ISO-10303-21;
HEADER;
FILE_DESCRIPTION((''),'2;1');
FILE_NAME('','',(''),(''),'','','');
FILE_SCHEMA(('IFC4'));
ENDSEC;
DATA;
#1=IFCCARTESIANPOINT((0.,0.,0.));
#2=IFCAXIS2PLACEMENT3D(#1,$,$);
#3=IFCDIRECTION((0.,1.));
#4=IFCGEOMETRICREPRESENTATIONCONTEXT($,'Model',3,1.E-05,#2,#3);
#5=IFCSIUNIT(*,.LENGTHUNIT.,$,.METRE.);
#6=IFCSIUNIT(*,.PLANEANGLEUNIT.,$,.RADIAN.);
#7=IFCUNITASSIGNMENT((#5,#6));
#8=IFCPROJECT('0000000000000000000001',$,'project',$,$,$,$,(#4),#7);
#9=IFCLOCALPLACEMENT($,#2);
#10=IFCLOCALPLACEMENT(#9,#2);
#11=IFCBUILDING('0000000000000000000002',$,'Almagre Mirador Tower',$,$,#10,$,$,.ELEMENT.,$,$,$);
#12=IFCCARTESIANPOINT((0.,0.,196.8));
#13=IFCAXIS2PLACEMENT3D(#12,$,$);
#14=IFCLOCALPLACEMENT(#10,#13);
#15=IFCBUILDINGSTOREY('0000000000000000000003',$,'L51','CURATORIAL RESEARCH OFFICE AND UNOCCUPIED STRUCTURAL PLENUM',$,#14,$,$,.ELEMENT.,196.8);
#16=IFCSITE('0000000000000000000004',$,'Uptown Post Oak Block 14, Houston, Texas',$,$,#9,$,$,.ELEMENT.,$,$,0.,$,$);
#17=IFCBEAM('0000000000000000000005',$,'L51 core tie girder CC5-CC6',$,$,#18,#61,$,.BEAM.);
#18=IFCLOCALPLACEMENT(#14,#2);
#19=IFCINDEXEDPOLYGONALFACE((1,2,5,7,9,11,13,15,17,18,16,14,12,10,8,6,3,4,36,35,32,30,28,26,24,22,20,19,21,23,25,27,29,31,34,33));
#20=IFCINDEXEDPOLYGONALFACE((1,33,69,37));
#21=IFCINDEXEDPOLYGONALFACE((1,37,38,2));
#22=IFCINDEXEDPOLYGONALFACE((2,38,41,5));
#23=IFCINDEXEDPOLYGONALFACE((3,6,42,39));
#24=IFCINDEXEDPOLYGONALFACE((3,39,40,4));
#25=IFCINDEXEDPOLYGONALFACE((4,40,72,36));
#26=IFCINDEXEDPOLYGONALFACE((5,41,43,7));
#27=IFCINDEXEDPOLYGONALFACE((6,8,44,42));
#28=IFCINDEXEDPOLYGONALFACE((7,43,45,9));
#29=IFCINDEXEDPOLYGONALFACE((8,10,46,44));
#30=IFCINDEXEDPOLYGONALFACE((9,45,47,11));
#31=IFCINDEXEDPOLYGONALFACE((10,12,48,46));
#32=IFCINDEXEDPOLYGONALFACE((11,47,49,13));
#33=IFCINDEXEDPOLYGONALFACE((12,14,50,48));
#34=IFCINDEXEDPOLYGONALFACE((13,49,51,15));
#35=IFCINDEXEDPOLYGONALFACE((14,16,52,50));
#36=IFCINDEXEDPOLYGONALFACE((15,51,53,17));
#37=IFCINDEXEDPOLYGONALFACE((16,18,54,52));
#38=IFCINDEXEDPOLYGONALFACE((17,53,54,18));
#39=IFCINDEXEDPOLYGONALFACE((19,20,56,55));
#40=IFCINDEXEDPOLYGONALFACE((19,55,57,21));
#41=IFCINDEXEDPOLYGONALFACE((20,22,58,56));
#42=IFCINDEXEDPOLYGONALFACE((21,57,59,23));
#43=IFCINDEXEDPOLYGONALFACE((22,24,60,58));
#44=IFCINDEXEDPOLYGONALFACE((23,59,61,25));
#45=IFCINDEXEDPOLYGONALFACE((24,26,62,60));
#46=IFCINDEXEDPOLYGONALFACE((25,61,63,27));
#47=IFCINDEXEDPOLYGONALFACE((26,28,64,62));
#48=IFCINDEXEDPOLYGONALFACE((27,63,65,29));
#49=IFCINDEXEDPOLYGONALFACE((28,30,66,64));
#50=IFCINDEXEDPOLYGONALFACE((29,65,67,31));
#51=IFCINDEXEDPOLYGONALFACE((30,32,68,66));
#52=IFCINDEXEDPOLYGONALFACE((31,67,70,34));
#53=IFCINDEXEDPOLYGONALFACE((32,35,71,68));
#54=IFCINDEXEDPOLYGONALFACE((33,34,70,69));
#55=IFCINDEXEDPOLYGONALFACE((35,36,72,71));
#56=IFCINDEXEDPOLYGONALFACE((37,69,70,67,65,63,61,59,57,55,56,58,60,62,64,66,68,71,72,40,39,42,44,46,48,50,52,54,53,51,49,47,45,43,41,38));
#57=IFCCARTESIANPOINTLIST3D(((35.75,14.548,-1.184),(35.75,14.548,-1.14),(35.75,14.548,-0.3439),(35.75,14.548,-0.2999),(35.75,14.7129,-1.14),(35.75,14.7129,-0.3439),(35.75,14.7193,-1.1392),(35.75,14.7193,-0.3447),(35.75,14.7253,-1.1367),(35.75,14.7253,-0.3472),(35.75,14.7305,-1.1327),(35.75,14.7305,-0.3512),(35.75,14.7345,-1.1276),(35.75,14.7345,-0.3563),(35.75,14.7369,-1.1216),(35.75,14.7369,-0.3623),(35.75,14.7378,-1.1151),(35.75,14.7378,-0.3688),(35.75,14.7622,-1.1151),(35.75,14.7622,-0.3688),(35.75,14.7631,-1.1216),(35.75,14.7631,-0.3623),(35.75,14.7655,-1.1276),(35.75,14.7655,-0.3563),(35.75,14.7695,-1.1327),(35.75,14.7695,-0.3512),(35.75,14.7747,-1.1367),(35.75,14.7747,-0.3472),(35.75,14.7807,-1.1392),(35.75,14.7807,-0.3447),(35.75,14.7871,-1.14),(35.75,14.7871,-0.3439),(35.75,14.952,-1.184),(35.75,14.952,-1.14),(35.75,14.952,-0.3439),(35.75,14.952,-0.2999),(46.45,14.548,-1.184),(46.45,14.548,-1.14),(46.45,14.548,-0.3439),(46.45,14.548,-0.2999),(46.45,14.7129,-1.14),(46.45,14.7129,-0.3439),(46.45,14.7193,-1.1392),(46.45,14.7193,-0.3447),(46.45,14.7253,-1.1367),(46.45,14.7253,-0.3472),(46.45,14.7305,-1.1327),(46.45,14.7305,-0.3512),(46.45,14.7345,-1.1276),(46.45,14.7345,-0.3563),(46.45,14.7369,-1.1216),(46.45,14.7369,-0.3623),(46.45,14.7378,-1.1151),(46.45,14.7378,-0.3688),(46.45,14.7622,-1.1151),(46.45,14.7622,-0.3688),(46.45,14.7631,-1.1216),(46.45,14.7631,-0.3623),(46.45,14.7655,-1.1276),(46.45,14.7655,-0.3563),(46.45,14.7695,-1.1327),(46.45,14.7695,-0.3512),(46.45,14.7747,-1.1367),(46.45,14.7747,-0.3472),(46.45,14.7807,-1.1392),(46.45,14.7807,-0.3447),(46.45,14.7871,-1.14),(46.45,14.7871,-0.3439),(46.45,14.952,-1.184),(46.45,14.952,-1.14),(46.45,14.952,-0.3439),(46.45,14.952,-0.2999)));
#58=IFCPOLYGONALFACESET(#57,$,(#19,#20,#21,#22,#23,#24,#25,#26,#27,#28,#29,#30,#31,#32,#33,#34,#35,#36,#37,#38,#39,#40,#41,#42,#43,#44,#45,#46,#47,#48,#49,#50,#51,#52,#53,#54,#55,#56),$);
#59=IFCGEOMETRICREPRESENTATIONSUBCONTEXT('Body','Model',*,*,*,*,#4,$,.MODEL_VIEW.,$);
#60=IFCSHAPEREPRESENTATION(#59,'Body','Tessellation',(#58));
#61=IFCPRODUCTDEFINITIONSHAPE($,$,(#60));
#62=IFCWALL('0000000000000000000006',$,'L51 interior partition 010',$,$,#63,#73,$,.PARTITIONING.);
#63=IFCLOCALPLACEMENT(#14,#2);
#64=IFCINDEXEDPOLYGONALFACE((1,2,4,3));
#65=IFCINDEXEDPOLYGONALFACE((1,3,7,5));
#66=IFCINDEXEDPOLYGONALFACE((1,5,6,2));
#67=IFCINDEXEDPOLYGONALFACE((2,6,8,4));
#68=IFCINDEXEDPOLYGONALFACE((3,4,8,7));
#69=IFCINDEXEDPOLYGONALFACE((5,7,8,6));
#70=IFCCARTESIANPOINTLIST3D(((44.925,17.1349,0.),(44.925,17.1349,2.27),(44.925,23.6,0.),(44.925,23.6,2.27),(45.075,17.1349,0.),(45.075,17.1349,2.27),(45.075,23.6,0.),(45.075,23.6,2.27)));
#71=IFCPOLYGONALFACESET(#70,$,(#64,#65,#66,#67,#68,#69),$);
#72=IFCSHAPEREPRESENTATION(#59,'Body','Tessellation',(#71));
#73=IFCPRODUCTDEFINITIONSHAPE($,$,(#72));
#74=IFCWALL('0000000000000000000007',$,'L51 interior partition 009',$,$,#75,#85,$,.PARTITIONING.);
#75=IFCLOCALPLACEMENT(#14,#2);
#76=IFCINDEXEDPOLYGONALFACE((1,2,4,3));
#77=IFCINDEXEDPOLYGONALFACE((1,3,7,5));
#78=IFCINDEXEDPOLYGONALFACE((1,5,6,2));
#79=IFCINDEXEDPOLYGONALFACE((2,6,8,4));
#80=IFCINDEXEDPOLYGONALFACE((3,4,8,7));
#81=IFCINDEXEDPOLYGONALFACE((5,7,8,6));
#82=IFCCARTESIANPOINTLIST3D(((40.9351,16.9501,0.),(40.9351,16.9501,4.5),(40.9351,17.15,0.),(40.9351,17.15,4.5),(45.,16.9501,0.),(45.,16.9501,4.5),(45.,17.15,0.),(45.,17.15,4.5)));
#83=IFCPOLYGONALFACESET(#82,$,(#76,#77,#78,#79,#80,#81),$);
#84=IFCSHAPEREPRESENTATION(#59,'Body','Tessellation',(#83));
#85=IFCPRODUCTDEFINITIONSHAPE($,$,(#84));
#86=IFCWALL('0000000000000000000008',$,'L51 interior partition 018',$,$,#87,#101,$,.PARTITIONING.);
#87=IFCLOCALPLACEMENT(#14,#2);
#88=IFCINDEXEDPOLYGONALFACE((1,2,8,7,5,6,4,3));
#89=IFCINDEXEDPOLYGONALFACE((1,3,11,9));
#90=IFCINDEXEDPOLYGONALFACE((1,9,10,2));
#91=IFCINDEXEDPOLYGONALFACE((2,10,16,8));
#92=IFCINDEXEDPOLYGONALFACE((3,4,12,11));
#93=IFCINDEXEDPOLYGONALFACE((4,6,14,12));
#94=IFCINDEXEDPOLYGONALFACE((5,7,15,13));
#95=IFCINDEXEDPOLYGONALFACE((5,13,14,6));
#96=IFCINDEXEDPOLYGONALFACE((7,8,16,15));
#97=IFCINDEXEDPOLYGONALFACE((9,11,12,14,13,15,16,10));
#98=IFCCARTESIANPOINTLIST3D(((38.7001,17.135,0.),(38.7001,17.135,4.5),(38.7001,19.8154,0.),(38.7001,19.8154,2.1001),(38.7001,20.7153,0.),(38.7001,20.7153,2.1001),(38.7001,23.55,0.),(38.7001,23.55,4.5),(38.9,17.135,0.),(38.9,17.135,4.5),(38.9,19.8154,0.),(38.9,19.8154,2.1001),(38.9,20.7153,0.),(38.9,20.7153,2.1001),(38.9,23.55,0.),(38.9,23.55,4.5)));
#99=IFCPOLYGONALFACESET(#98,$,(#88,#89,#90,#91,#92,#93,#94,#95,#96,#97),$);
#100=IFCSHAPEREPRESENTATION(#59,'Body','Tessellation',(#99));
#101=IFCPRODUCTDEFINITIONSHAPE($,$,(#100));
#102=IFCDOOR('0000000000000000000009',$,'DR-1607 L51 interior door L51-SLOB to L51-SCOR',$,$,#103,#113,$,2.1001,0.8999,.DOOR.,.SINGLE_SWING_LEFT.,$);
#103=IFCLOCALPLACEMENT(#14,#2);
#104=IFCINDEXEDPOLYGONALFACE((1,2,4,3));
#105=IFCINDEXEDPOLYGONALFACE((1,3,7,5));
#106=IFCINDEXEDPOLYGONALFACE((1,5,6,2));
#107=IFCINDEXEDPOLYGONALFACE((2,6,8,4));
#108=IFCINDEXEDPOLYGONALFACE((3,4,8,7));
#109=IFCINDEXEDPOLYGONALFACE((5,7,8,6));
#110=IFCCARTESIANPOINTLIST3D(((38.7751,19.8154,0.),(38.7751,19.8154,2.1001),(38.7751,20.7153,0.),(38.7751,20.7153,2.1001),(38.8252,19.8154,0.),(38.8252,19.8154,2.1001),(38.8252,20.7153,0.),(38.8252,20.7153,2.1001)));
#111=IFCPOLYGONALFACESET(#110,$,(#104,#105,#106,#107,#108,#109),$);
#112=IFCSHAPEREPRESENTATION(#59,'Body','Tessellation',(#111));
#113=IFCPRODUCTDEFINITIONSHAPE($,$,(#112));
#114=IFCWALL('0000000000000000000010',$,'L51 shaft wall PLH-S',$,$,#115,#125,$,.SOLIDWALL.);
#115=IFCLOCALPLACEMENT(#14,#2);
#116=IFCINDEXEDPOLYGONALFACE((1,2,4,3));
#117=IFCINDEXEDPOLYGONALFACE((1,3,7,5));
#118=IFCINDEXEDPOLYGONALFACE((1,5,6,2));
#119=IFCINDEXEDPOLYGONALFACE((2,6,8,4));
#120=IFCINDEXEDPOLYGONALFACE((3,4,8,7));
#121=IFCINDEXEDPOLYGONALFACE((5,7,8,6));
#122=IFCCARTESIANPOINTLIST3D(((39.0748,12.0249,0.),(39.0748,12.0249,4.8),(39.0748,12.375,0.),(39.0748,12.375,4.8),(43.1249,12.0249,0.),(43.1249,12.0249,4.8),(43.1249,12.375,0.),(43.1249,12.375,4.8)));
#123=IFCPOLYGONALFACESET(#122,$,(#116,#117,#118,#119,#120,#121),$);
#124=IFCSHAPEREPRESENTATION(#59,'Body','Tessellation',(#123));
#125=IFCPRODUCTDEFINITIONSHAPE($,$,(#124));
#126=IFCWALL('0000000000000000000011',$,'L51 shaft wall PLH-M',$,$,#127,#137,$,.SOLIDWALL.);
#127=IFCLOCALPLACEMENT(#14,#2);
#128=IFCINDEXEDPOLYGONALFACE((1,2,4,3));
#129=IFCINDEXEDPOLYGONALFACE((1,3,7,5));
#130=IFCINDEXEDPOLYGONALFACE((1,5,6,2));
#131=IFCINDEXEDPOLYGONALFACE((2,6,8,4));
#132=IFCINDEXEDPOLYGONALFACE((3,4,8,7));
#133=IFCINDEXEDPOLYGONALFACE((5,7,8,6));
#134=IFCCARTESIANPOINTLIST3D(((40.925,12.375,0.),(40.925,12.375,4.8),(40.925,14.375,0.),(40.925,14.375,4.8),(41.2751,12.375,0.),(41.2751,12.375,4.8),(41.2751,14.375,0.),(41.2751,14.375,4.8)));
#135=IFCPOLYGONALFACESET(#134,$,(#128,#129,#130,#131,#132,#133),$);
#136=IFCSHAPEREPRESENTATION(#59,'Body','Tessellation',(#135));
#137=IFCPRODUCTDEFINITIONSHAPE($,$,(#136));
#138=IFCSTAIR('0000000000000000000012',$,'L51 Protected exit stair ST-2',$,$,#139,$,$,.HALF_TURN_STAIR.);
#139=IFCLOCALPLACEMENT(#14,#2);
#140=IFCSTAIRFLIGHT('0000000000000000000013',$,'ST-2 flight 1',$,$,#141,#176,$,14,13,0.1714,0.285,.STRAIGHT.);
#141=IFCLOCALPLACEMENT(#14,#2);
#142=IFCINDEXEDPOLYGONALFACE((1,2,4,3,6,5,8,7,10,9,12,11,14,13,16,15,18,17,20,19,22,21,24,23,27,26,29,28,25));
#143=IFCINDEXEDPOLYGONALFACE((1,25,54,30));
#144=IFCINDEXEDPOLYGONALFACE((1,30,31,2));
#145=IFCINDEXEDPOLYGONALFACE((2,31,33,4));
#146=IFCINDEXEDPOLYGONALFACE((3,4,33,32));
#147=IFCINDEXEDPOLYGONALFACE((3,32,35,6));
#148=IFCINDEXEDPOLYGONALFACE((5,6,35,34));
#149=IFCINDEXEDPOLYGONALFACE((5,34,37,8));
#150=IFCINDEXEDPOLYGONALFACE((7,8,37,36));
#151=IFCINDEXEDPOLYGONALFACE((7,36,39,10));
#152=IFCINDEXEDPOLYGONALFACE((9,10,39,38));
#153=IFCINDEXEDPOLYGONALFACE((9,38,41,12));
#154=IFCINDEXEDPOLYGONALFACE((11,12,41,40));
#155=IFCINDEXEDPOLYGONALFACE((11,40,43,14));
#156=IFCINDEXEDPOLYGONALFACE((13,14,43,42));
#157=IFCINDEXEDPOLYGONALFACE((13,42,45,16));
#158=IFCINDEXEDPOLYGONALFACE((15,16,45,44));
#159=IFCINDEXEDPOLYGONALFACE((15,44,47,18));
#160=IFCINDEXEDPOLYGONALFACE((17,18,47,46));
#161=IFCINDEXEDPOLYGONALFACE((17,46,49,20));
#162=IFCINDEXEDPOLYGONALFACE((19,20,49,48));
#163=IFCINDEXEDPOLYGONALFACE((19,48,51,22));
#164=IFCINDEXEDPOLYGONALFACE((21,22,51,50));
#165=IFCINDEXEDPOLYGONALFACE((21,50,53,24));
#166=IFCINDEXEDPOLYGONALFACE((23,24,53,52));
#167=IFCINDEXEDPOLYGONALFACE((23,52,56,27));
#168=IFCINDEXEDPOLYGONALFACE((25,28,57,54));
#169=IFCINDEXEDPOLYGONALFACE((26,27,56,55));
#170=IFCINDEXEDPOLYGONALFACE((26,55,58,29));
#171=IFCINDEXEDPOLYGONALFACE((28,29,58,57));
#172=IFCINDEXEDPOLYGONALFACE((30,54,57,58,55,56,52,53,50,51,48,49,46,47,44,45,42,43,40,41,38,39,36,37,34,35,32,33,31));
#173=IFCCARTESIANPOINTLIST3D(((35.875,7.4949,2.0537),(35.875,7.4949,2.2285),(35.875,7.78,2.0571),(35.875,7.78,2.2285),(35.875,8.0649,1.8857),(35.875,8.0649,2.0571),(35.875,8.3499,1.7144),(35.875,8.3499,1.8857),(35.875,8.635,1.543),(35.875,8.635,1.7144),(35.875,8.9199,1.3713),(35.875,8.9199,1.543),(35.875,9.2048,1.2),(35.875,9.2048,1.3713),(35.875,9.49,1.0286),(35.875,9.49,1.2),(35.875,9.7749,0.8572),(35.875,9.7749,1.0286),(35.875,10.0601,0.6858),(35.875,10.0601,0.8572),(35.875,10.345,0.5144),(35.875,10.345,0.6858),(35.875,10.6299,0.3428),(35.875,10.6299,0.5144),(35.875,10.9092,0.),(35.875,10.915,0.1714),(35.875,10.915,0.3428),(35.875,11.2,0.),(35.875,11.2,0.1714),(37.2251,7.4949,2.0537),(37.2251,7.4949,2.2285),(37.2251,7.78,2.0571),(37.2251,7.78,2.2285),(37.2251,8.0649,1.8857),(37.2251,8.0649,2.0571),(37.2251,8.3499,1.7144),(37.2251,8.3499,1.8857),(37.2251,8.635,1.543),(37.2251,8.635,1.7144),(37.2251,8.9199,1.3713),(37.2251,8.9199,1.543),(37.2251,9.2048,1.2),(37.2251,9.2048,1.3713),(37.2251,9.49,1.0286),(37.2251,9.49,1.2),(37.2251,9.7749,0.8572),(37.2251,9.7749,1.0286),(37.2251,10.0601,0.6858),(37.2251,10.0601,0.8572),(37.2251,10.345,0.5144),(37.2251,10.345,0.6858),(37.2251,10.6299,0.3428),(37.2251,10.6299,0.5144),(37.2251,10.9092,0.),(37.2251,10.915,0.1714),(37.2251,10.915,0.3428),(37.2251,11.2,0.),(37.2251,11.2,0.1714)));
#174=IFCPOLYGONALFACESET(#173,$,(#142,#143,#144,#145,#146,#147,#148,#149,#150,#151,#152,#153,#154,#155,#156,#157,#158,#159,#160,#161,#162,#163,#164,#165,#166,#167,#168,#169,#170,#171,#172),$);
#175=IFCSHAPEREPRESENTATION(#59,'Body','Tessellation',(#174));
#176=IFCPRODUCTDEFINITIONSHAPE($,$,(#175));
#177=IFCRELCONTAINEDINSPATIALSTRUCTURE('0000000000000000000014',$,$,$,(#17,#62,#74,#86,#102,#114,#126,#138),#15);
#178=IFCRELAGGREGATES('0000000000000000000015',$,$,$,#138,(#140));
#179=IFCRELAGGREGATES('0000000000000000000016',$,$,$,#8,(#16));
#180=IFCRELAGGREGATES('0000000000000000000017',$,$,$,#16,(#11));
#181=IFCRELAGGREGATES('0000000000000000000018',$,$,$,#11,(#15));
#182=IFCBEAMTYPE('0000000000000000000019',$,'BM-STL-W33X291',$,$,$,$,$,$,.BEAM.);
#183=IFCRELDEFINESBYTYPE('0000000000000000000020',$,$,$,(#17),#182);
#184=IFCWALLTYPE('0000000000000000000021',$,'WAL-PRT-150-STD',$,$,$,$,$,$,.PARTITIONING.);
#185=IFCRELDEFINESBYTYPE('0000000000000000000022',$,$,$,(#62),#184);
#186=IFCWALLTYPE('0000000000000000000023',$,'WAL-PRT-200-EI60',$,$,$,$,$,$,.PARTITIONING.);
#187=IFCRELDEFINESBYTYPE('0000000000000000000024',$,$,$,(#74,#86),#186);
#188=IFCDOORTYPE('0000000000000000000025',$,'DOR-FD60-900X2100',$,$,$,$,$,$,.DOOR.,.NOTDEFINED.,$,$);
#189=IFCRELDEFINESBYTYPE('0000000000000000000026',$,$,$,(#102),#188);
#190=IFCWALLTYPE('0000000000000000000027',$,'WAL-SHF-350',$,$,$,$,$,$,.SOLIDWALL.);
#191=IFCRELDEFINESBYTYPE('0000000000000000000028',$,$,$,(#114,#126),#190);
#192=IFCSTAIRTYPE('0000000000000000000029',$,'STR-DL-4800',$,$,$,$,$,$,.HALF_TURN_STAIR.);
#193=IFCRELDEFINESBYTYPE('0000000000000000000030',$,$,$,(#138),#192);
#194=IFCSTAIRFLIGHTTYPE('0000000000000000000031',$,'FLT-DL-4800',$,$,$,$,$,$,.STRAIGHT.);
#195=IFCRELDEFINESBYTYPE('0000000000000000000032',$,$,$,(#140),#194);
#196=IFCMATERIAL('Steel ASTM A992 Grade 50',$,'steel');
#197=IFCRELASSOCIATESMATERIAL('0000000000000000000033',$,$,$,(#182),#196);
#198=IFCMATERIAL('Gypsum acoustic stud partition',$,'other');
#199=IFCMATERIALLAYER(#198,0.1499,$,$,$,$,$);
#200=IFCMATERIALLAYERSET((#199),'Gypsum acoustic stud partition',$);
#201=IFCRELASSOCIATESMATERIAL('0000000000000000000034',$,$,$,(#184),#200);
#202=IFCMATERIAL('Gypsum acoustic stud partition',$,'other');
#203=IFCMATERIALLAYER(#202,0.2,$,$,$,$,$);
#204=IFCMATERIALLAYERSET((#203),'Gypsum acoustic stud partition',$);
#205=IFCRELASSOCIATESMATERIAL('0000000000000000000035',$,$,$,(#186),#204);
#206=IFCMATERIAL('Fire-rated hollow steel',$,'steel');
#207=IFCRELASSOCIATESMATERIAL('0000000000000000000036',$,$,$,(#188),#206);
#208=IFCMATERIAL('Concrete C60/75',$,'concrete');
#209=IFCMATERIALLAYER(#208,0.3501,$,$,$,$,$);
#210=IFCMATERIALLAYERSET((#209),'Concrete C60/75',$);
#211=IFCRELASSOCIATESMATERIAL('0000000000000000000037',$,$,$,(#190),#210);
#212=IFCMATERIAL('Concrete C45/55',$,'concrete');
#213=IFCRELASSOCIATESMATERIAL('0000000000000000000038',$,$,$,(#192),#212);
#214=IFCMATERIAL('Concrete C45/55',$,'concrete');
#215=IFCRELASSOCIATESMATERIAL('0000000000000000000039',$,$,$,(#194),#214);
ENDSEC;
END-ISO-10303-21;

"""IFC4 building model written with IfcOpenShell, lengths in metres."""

from ifc_helpers import new_model, si_unit, direction, frame, frame_2d, origin, origin_2d, place, context, subcontext, project, spatial, polyline, rectangle, i_section, outline, extrude, material, layer, layer_set, material_profile, profile_set, type_object, element, fill, aggregate, save


model = new_model("IFC4")

# Units and contexts
model_context = context("Model", 3, precision=1e-05, world=origin(), true_north=direction((0.0, 1.0)))
body_context = subcontext(model_context, "Body", "Model", "MODEL_VIEW")
ifc_project = project(units=[si_unit("LENGTHUNIT", "METRE"), si_unit("PLANEANGLEUNIT", "RADIAN")], contexts=[model_context])

# Site, building, storey
site_placement = place(None, origin())
site = spatial("IfcSite", under=ifc_project, at=site_placement, Name="Uptown Post Oak Block 14, Houston, Texas", CompositionType="ELEMENT", RefElevation=0.0)
building_placement = place(site_placement, origin())
building = spatial("IfcBuilding", under=site, at=building_placement, Name="Almagre Mirador Tower", CompositionType="ELEMENT")
storey_placement = place(building_placement, frame((0.0, 0.0, 196.8)))
storey = spatial("IfcBuildingStorey", under=building, at=storey_placement, Name="L51", Description="CURATORIAL RESEARCH OFFICE AND UNOCCUPIED STRUCTURAL PLENUM", CompositionType="ELEMENT", Elevation=196.8)

# Beam
ifc_material_1 = material(Name="Steel ASTM A992 Grade 50", Category="steel")
ifc_material_profile = material_profile(ifc_material_1, i_section(OverallWidth=0.4041, OverallDepth=0.884, WebThickness=0.0244, FlangeThickness=0.0439, FilletRadius=0.0249, at=origin_2d()), Name="W33X291")
ifc_profile_set = profile_set([ifc_material_profile], Name="Steel ASTM A992 Grade 50")
beam_type = type_object("IfcBeamType", Name="BM-STL-W33X291", PredefinedType="BEAM", material=ifc_profile_set)
beam_placement = place(storey_placement, frame((35.75, 14.75, -0.7419), z_axis=(1.0, 0.0, 0.0), x_axis=(0.0, 1.0, 0.0)))
element("IfcBeam", 1, at=beam_placement, inside=storey, type_object=beam_type, Name="L51 core tie girder CC5-CC6", PredefinedType="BEAM", context=body_context, shape_type="SweptSolid", body=[
    extrude(i_section(OverallWidth=0.4041, OverallDepth=0.884, WebThickness=0.0244, FlangeThickness=0.0439, FilletRadius=0.0249, at=origin_2d()), origin(), (0.0, 0.0, 1.0), 10.7),
])

# Walls
ifc_material_2 = material(Name="Gypsum acoustic stud partition", Category="other")
ifc_layer_1 = layer(ifc_material_2, 0.1499)
ifc_layer_set_1 = layer_set([ifc_layer_1], Name="Gypsum acoustic stud partition")
wall_type_1 = type_object("IfcWallType", Name="WAL-PRT-150-STD", PredefinedType="PARTITIONING", material=ifc_layer_set_1)
wall_1_placement = place(storey_placement, frame((45.0, 17.135, 0.0), z_axis=(0.0, 0.0, 1.0), x_axis=(0.0, 1.0, 0.0)))
element("IfcWall", 2, at=wall_1_placement, inside=storey, type_object=wall_type_1, Name="L51 interior partition 010", PredefinedType="PARTITIONING", context=body_context, shape_type="SweptSolid", body=[
    extrude(rectangle(XDim=6.4651, YDim=0.1499, at=frame_2d((3.2324, 0.0))), origin(), (0.0, 0.0, 1.0), 2.27),
])
ifc_material_3 = material(Name="Gypsum acoustic stud partition", Category="other")
ifc_layer_2 = layer(ifc_material_3, 0.2)
ifc_layer_set_2 = layer_set([ifc_layer_2], Name="Gypsum acoustic stud partition")
wall_type_2 = type_object("IfcWallType", Name="WAL-PRT-200-EI60", PredefinedType="PARTITIONING", material=ifc_layer_set_2)
wall_2_placement = place(storey_placement, frame((40.9351, 17.05, 0.0), z_axis=(0.0, 0.0, 1.0), x_axis=(1.0, 0.0, 0.0)))
element("IfcWall", 3, at=wall_2_placement, inside=storey, type_object=wall_type_2, Name="L51 interior partition 009", PredefinedType="PARTITIONING", context=body_context, shape_type="SweptSolid", body=[
    extrude(rectangle(XDim=4.0649, YDim=0.2, at=frame_2d((2.0325, 0.0))), origin(), (0.0, 0.0, 1.0), 4.5),
])

# Wall, opening, door
wall_3_placement = place(storey_placement, frame((38.8, 17.135, 0.0), z_axis=(0.0, 0.0, 1.0), x_axis=(0.0, 1.0, 0.0)))
wall_3 = element("IfcWall", 4, at=wall_3_placement, inside=storey, type_object=wall_type_2, Name="L51 interior partition 018", PredefinedType="PARTITIONING", context=body_context, shape_type="SweptSolid", body=[
    extrude(rectangle(XDim=6.415, YDim=0.2, at=frame_2d((3.2075, 0.0))), origin(), (0.0, 0.0, 1.0), 4.5),
])
opening_1_placement = place(wall_3_placement, frame((2.6804, 0.0, 0.0)))
opening_1 = element("IfcOpeningElement", 5, at=opening_1_placement, cuts=wall_3, PredefinedType="OPENING", context=body_context, shape_type="SweptSolid", body=[
    extrude(rectangle(XDim=0.8999, YDim=2.1001, at=frame_2d((0.45, 1.05))), frame((0.0, 0.1101, 0.0), z_axis=(0.0, -1.0, 0.0), x_axis=(1.0, 0.0, 0.0)), (0.0, 0.0, 1.0), 0.22),
])
ifc_material_4 = material(Name="Fire-rated hollow steel", Category="steel")
door_type_1 = type_object("IfcDoorType", Name="DOR-FD60-900X2100", OperationType="NOTDEFINED", PredefinedType="DOOR", material=ifc_material_4)
door_1_placement = place(opening_1_placement, origin())
door_1 = element("IfcDoor", 6, at=door_1_placement, inside=storey, type_object=door_type_1, Name="DR-1607 L51 interior door L51-SLOB to L51-SCOR", OperationType="SINGLE_SWING_LEFT", OverallHeight=2.1001, OverallWidth=0.8999, PredefinedType="DOOR", context=body_context, shape_type="SweptSolid", body=[
    extrude(rectangle(XDim=0.8999, YDim=2.1001, at=frame_2d((0.45, 1.05))), frame((0.0, 0.0249, 0.0), z_axis=(0.0, -1.0, 0.0), x_axis=(1.0, 0.0, 0.0)), (0.0, 0.0, 1.0), 0.05),
])
fill(opening_1, door_1)

# Walls
ifc_material_5 = material(Name="Concrete C60/75", Category="concrete")
ifc_layer_3 = layer(ifc_material_5, 0.3501)
ifc_layer_set_3 = layer_set([ifc_layer_3], Name="Concrete C60/75")
wall_type_3 = type_object("IfcWallType", Name="WAL-SHF-350", PredefinedType="SOLIDWALL", material=ifc_layer_set_3)
wall_4_placement = place(storey_placement, frame((39.075, 12.2, 0.0), z_axis=(0.0, 0.0, 1.0), x_axis=(1.0, 0.0, 0.0)))
element("IfcWall", 7, at=wall_4_placement, inside=storey, type_object=wall_type_3, Name="L51 shaft wall PLH-S", PredefinedType="SOLIDWALL", context=body_context, shape_type="SweptSolid", body=[
    extrude(rectangle(XDim=4.05, YDim=0.3501, at=frame_2d((2.0249, 0.0))), origin(), (0.0, 0.0, 1.0), 4.8),
])
wall_5_placement = place(storey_placement, frame((41.1001, 12.375, 0.0), z_axis=(0.0, 0.0, 1.0), x_axis=(0.0, 1.0, 0.0)))
element("IfcWall", 8, at=wall_5_placement, inside=storey, type_object=wall_type_3, Name="L51 shaft wall PLH-M", PredefinedType="SOLIDWALL", context=body_context, shape_type="SweptSolid", body=[
    extrude(rectangle(XDim=2.0, YDim=0.3501, at=frame_2d((1.0, 0.0))), origin(), (0.0, 0.0, 1.0), 4.8),
])

# Stair, stair flight
ifc_material_6 = material(Name="Concrete C45/55", Category="concrete")
stair_type = type_object("IfcStairType", Name="STR-DL-4800", PredefinedType="HALF_TURN_STAIR", material=ifc_material_6)
stair_1_placement = place(storey_placement, origin())
stair_1 = element("IfcStair", 9, at=stair_1_placement, inside=storey, type_object=stair_type, Name="L51 Protected exit stair ST-2", PredefinedType="HALF_TURN_STAIR")
ifc_material_7 = material(Name="Concrete C45/55", Category="concrete")
stair_flight_type = type_object("IfcStairFlightType", Name="FLT-DL-4800", PredefinedType="STRAIGHT", material=ifc_material_7)
stair_flight_1_placement = place(storey_placement, frame((36.55, 11.2, 0.0), z_axis=(0.0, 0.0, 1.0), x_axis=(0.0, -1.0, 0.0)))
stair_flight_1 = element("IfcStairFlight", 10, at=stair_flight_1_placement, type_object=stair_flight_type, Name="ST-2 flight 1", NumberOfRisers=14, NumberOfTreads=13, PredefinedType="STRAIGHT", RiserHeight=0.1714, TreadLength=0.285, context=body_context, shape_type="SweptSolid", body=[
    extrude(outline(polyline([(0.0, 0.0), (0.0, 0.1714), (0.2849, 0.1714), (0.2849, 0.3428), (0.5701, 0.3428), (0.5701, 0.5144), (0.855, 0.5144), (0.855, 0.6858), (1.1399, 0.6858), (1.1399, 0.8572), (1.425, 0.8572), (1.425, 1.0286), (1.71, 1.0286), (1.71, 1.2), (1.9951, 1.2), (1.9951, 1.3713), (2.28, 1.3713), (2.28, 1.543), (2.5649, 1.543), (2.5649, 1.7144), (2.8501, 1.7144), (2.8501, 1.8857), (3.135, 1.8857), (3.135, 2.0571), (3.4199, 2.0571), (3.4199, 2.2285), (3.7051, 2.2285), (3.7051, 2.3999), (3.7051, 2.0537), (0.2908, 0.0), (0.0, 0.0)])), frame((0.0, 0.675, 0.0), z_axis=(0.0, -1.0, 0.0), x_axis=(1.0, 0.0, 0.0)), (0.0, 0.0, 1.0), 1.3501),
])
aggregate(stair_1, [stair_flight_1])

save(model, "model.ifc")
